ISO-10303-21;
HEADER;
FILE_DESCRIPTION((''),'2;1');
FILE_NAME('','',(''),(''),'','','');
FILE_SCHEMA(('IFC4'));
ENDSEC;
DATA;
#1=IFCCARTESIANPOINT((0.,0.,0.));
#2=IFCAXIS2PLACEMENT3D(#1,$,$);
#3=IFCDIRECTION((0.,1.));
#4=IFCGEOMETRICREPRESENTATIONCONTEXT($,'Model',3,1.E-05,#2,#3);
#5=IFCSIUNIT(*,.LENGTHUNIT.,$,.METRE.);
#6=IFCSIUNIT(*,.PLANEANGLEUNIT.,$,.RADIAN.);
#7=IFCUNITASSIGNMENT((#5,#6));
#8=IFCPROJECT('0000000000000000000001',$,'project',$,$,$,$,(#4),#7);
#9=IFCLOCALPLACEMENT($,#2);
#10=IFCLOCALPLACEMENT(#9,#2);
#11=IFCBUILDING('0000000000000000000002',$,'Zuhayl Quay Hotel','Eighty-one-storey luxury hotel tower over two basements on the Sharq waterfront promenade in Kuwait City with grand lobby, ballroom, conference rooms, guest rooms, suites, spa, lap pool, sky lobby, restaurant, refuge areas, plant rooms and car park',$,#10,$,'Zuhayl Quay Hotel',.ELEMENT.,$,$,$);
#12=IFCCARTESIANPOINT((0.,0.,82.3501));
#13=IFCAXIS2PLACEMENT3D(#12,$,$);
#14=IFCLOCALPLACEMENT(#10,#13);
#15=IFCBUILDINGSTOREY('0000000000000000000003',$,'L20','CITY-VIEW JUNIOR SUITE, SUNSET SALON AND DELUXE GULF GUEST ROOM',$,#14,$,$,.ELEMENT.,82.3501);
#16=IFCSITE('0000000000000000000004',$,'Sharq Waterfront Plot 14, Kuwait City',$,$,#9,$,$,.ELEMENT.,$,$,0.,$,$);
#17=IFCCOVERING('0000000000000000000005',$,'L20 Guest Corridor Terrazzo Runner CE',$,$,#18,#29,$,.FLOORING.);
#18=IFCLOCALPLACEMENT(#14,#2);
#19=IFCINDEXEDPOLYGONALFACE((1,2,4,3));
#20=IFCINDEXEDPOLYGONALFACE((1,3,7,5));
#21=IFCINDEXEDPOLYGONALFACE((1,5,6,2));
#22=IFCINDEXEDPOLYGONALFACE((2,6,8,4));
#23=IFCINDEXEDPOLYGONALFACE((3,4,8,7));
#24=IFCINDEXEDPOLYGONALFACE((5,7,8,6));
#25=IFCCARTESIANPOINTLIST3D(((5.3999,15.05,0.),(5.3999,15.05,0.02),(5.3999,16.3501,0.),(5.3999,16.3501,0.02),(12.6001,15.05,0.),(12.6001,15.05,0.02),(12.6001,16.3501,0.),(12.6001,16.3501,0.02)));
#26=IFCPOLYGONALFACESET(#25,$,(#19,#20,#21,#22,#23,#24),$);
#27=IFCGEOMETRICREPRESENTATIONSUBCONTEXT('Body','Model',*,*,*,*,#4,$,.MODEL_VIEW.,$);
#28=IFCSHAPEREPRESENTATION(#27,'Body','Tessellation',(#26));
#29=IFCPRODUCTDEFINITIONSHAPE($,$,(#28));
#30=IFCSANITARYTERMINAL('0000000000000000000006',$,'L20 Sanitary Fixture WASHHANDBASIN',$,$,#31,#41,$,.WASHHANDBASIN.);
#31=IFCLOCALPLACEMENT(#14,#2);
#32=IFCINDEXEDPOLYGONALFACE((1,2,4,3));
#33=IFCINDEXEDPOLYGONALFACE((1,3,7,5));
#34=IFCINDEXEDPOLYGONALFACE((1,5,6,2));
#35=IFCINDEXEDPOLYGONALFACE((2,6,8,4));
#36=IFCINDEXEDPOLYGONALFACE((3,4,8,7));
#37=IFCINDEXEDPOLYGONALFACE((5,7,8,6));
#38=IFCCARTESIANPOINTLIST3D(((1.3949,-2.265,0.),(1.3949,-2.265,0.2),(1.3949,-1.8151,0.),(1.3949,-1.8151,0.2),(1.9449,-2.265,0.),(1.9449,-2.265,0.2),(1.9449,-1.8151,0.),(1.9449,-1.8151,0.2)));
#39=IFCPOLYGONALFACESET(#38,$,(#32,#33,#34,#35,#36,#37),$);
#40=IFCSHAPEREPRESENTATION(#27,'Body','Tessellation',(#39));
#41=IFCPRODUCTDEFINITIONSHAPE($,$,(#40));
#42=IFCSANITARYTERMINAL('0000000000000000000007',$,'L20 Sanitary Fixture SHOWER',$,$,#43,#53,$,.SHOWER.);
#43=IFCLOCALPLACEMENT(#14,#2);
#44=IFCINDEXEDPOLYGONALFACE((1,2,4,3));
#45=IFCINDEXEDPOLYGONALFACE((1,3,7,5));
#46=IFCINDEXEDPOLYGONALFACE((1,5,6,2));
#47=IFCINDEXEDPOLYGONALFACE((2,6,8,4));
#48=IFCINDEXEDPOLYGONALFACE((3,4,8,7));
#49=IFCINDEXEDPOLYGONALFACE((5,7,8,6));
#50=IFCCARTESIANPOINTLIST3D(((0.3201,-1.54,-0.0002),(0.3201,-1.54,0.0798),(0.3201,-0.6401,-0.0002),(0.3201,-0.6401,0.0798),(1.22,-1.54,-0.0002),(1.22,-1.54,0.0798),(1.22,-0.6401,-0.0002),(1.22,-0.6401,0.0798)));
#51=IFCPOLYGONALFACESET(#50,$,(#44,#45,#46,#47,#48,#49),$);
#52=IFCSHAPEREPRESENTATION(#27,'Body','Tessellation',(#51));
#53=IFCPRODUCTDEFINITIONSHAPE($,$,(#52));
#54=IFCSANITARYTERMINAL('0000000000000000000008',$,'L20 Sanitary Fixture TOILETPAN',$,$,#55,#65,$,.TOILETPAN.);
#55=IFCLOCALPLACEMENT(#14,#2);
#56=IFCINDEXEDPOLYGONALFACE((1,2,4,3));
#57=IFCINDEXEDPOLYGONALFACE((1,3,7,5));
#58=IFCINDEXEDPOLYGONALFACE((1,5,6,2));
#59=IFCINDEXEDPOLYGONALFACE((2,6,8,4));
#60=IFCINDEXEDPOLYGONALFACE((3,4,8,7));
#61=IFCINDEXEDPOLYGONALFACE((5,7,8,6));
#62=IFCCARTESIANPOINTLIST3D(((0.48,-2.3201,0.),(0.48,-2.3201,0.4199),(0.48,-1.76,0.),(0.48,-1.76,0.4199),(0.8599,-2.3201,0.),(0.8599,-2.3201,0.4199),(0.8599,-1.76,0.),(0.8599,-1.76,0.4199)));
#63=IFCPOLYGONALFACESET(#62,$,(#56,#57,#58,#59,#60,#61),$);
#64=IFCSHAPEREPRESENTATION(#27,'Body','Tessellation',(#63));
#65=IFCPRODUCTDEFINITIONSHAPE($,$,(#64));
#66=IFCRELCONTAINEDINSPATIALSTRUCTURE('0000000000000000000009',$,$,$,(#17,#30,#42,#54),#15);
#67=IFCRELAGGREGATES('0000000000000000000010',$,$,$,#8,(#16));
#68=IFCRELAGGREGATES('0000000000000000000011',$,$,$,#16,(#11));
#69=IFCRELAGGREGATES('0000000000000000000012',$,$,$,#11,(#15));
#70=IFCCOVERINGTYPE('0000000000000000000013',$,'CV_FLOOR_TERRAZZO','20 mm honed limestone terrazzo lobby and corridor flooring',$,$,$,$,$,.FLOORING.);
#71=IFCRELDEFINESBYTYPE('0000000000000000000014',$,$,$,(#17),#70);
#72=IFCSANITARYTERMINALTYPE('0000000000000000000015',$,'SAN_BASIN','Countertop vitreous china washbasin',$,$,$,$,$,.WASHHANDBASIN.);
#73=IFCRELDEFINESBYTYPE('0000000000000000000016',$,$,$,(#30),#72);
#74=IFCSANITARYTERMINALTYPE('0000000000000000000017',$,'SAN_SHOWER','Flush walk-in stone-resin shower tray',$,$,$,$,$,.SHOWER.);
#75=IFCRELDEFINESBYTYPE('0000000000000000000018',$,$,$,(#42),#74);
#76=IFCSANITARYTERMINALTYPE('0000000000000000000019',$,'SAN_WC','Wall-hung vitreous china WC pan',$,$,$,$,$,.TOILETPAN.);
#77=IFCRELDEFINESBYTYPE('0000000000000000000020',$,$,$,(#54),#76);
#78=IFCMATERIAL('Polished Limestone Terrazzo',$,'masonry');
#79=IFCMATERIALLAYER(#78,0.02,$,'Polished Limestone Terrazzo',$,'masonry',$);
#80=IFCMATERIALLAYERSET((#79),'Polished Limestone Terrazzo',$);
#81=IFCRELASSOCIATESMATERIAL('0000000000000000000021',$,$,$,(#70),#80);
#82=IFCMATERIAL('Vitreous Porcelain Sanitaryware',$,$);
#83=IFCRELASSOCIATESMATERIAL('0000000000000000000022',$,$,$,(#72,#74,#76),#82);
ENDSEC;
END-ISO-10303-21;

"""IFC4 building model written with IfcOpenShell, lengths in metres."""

from ifc_helpers import new_model, si_unit, direction, frame, origin, origin_2d, place, context, subcontext, project, spatial, polyline, rectangle, outline, extrude, material, layer, layer_set, type_object, element, save


model = new_model("IFC4")

# Units and contexts
model_context = context("Model", 3, precision=1e-05, world=origin(), true_north=direction((0.0, 1.0)))
body_context = subcontext(model_context, "Body", "Model", "MODEL_VIEW")
ifc_project = project(units=[si_unit("LENGTHUNIT", "METRE"), si_unit("PLANEANGLEUNIT", "RADIAN")], contexts=[model_context])

# Site, building, storey
site_placement = place(None, origin())
site = spatial("IfcSite", under=ifc_project, at=site_placement, Name="Sharq Waterfront Plot 14, Kuwait City", CompositionType="ELEMENT", RefElevation=0.0)
building_placement = place(site_placement, origin())
building = spatial("IfcBuilding", under=site, at=building_placement, Name="Zuhayl Quay Hotel", Description="Eighty-one-storey luxury hotel tower over two basements on the Sharq waterfront promenade in Kuwait City with grand lobby, ballroom, conference rooms, guest rooms, suites, spa, lap pool, sky lobby, restaurant, refuge areas, plant rooms and car park", LongName="Zuhayl Quay Hotel", CompositionType="ELEMENT")
storey_placement = place(building_placement, frame((0.0, 0.0, 82.3501)))
storey = spatial("IfcBuildingStorey", under=building, at=storey_placement, Name="L20", Description="CITY-VIEW JUNIOR SUITE, SUNSET SALON AND DELUXE GULF GUEST ROOM", CompositionType="ELEMENT", Elevation=82.3501)

# Covering
ifc_material_1 = material(Name="Polished Limestone Terrazzo", Category="masonry")
ifc_layer_1 = layer(ifc_material_1, 0.02, Name="Polished Limestone Terrazzo", Category="masonry")
ifc_layer_set_1 = layer_set([ifc_layer_1], Name="Polished Limestone Terrazzo")
covering_type_1 = type_object("IfcCoveringType", Name="CV_FLOOR_TERRAZZO", Description="20 mm honed limestone terrazzo lobby and corridor flooring", PredefinedType="FLOORING", material=ifc_layer_set_1)
covering_1_placement = place(storey_placement, origin())
element("IfcCovering", 1, at=covering_1_placement, inside=storey, type_object=covering_type_1, Name="L20 Guest Corridor Terrazzo Runner CE", PredefinedType="FLOORING", context=body_context, shape_type="SweptSolid", body=[
    extrude(outline(polyline([(5.3999, 15.05), (12.6001, 15.05), (12.6001, 16.3501), (5.3999, 16.3501), (5.3999, 15.05)])), origin(), (0.0, 0.0, 1.0), 0.02),
])

# Sanitary terminals
ifc_material_2 = material(Name="Vitreous Porcelain Sanitaryware")
sanitary_terminal_type_1 = type_object("IfcSanitaryTerminalType", Name="SAN_BASIN", Description="Countertop vitreous china washbasin", PredefinedType="WASHHANDBASIN", material=ifc_material_2)
sanitary_terminal_1_placement = place(storey_placement, frame((1.6699, -2.04, 0.0), z_axis=(0.0, 0.0, 1.0), x_axis=(1.0, 0.0, 0.0)))
element("IfcSanitaryTerminal", 2, at=sanitary_terminal_1_placement, inside=storey, type_object=sanitary_terminal_type_1, Name="L20 Sanitary Fixture WASHHANDBASIN", PredefinedType="WASHHANDBASIN", context=body_context, shape_type="SweptSolid", body=[
    extrude(rectangle(XDim=0.55, YDim=0.45, at=origin_2d()), origin(), (0.0, 0.0, 1.0), 0.2),
])
sanitary_terminal_type_2 = type_object("IfcSanitaryTerminalType", Name="SAN_SHOWER", Description="Flush walk-in stone-resin shower tray", PredefinedType="SHOWER", material=ifc_material_2)
sanitary_terminal_2_placement = place(storey_placement, frame((0.77, -1.0901, -0.0002), z_axis=(0.0, 0.0, 1.0), x_axis=(1.0, 0.0, 0.0)))
element("IfcSanitaryTerminal", 3, at=sanitary_terminal_2_placement, inside=storey, type_object=sanitary_terminal_type_2, Name="L20 Sanitary Fixture SHOWER", PredefinedType="SHOWER", context=body_context, shape_type="SweptSolid", body=[
    extrude(rectangle(XDim=0.8999, YDim=0.8999, at=origin_2d()), origin(), (0.0, 0.0, 1.0), 0.0801),
])
sanitary_terminal_type_3 = type_object("IfcSanitaryTerminalType", Name="SAN_WC", Description="Wall-hung vitreous china WC pan", PredefinedType="TOILETPAN", material=ifc_material_2)
sanitary_terminal_3_placement = place(storey_placement, frame((0.6699, -2.04, 0.0), z_axis=(0.0, 0.0, 1.0), x_axis=(1.0, 0.0, 0.0)))
element("IfcSanitaryTerminal", 4, at=sanitary_terminal_3_placement, inside=storey, type_object=sanitary_terminal_type_3, Name="L20 Sanitary Fixture TOILETPAN", PredefinedType="TOILETPAN", context=body_context, shape_type="SweptSolid", body=[
    extrude(rectangle(XDim=0.3799, YDim=0.5601, at=origin_2d()), origin(), (0.0, 0.0, 1.0), 0.4199),
])

save(model, "model.ifc")
